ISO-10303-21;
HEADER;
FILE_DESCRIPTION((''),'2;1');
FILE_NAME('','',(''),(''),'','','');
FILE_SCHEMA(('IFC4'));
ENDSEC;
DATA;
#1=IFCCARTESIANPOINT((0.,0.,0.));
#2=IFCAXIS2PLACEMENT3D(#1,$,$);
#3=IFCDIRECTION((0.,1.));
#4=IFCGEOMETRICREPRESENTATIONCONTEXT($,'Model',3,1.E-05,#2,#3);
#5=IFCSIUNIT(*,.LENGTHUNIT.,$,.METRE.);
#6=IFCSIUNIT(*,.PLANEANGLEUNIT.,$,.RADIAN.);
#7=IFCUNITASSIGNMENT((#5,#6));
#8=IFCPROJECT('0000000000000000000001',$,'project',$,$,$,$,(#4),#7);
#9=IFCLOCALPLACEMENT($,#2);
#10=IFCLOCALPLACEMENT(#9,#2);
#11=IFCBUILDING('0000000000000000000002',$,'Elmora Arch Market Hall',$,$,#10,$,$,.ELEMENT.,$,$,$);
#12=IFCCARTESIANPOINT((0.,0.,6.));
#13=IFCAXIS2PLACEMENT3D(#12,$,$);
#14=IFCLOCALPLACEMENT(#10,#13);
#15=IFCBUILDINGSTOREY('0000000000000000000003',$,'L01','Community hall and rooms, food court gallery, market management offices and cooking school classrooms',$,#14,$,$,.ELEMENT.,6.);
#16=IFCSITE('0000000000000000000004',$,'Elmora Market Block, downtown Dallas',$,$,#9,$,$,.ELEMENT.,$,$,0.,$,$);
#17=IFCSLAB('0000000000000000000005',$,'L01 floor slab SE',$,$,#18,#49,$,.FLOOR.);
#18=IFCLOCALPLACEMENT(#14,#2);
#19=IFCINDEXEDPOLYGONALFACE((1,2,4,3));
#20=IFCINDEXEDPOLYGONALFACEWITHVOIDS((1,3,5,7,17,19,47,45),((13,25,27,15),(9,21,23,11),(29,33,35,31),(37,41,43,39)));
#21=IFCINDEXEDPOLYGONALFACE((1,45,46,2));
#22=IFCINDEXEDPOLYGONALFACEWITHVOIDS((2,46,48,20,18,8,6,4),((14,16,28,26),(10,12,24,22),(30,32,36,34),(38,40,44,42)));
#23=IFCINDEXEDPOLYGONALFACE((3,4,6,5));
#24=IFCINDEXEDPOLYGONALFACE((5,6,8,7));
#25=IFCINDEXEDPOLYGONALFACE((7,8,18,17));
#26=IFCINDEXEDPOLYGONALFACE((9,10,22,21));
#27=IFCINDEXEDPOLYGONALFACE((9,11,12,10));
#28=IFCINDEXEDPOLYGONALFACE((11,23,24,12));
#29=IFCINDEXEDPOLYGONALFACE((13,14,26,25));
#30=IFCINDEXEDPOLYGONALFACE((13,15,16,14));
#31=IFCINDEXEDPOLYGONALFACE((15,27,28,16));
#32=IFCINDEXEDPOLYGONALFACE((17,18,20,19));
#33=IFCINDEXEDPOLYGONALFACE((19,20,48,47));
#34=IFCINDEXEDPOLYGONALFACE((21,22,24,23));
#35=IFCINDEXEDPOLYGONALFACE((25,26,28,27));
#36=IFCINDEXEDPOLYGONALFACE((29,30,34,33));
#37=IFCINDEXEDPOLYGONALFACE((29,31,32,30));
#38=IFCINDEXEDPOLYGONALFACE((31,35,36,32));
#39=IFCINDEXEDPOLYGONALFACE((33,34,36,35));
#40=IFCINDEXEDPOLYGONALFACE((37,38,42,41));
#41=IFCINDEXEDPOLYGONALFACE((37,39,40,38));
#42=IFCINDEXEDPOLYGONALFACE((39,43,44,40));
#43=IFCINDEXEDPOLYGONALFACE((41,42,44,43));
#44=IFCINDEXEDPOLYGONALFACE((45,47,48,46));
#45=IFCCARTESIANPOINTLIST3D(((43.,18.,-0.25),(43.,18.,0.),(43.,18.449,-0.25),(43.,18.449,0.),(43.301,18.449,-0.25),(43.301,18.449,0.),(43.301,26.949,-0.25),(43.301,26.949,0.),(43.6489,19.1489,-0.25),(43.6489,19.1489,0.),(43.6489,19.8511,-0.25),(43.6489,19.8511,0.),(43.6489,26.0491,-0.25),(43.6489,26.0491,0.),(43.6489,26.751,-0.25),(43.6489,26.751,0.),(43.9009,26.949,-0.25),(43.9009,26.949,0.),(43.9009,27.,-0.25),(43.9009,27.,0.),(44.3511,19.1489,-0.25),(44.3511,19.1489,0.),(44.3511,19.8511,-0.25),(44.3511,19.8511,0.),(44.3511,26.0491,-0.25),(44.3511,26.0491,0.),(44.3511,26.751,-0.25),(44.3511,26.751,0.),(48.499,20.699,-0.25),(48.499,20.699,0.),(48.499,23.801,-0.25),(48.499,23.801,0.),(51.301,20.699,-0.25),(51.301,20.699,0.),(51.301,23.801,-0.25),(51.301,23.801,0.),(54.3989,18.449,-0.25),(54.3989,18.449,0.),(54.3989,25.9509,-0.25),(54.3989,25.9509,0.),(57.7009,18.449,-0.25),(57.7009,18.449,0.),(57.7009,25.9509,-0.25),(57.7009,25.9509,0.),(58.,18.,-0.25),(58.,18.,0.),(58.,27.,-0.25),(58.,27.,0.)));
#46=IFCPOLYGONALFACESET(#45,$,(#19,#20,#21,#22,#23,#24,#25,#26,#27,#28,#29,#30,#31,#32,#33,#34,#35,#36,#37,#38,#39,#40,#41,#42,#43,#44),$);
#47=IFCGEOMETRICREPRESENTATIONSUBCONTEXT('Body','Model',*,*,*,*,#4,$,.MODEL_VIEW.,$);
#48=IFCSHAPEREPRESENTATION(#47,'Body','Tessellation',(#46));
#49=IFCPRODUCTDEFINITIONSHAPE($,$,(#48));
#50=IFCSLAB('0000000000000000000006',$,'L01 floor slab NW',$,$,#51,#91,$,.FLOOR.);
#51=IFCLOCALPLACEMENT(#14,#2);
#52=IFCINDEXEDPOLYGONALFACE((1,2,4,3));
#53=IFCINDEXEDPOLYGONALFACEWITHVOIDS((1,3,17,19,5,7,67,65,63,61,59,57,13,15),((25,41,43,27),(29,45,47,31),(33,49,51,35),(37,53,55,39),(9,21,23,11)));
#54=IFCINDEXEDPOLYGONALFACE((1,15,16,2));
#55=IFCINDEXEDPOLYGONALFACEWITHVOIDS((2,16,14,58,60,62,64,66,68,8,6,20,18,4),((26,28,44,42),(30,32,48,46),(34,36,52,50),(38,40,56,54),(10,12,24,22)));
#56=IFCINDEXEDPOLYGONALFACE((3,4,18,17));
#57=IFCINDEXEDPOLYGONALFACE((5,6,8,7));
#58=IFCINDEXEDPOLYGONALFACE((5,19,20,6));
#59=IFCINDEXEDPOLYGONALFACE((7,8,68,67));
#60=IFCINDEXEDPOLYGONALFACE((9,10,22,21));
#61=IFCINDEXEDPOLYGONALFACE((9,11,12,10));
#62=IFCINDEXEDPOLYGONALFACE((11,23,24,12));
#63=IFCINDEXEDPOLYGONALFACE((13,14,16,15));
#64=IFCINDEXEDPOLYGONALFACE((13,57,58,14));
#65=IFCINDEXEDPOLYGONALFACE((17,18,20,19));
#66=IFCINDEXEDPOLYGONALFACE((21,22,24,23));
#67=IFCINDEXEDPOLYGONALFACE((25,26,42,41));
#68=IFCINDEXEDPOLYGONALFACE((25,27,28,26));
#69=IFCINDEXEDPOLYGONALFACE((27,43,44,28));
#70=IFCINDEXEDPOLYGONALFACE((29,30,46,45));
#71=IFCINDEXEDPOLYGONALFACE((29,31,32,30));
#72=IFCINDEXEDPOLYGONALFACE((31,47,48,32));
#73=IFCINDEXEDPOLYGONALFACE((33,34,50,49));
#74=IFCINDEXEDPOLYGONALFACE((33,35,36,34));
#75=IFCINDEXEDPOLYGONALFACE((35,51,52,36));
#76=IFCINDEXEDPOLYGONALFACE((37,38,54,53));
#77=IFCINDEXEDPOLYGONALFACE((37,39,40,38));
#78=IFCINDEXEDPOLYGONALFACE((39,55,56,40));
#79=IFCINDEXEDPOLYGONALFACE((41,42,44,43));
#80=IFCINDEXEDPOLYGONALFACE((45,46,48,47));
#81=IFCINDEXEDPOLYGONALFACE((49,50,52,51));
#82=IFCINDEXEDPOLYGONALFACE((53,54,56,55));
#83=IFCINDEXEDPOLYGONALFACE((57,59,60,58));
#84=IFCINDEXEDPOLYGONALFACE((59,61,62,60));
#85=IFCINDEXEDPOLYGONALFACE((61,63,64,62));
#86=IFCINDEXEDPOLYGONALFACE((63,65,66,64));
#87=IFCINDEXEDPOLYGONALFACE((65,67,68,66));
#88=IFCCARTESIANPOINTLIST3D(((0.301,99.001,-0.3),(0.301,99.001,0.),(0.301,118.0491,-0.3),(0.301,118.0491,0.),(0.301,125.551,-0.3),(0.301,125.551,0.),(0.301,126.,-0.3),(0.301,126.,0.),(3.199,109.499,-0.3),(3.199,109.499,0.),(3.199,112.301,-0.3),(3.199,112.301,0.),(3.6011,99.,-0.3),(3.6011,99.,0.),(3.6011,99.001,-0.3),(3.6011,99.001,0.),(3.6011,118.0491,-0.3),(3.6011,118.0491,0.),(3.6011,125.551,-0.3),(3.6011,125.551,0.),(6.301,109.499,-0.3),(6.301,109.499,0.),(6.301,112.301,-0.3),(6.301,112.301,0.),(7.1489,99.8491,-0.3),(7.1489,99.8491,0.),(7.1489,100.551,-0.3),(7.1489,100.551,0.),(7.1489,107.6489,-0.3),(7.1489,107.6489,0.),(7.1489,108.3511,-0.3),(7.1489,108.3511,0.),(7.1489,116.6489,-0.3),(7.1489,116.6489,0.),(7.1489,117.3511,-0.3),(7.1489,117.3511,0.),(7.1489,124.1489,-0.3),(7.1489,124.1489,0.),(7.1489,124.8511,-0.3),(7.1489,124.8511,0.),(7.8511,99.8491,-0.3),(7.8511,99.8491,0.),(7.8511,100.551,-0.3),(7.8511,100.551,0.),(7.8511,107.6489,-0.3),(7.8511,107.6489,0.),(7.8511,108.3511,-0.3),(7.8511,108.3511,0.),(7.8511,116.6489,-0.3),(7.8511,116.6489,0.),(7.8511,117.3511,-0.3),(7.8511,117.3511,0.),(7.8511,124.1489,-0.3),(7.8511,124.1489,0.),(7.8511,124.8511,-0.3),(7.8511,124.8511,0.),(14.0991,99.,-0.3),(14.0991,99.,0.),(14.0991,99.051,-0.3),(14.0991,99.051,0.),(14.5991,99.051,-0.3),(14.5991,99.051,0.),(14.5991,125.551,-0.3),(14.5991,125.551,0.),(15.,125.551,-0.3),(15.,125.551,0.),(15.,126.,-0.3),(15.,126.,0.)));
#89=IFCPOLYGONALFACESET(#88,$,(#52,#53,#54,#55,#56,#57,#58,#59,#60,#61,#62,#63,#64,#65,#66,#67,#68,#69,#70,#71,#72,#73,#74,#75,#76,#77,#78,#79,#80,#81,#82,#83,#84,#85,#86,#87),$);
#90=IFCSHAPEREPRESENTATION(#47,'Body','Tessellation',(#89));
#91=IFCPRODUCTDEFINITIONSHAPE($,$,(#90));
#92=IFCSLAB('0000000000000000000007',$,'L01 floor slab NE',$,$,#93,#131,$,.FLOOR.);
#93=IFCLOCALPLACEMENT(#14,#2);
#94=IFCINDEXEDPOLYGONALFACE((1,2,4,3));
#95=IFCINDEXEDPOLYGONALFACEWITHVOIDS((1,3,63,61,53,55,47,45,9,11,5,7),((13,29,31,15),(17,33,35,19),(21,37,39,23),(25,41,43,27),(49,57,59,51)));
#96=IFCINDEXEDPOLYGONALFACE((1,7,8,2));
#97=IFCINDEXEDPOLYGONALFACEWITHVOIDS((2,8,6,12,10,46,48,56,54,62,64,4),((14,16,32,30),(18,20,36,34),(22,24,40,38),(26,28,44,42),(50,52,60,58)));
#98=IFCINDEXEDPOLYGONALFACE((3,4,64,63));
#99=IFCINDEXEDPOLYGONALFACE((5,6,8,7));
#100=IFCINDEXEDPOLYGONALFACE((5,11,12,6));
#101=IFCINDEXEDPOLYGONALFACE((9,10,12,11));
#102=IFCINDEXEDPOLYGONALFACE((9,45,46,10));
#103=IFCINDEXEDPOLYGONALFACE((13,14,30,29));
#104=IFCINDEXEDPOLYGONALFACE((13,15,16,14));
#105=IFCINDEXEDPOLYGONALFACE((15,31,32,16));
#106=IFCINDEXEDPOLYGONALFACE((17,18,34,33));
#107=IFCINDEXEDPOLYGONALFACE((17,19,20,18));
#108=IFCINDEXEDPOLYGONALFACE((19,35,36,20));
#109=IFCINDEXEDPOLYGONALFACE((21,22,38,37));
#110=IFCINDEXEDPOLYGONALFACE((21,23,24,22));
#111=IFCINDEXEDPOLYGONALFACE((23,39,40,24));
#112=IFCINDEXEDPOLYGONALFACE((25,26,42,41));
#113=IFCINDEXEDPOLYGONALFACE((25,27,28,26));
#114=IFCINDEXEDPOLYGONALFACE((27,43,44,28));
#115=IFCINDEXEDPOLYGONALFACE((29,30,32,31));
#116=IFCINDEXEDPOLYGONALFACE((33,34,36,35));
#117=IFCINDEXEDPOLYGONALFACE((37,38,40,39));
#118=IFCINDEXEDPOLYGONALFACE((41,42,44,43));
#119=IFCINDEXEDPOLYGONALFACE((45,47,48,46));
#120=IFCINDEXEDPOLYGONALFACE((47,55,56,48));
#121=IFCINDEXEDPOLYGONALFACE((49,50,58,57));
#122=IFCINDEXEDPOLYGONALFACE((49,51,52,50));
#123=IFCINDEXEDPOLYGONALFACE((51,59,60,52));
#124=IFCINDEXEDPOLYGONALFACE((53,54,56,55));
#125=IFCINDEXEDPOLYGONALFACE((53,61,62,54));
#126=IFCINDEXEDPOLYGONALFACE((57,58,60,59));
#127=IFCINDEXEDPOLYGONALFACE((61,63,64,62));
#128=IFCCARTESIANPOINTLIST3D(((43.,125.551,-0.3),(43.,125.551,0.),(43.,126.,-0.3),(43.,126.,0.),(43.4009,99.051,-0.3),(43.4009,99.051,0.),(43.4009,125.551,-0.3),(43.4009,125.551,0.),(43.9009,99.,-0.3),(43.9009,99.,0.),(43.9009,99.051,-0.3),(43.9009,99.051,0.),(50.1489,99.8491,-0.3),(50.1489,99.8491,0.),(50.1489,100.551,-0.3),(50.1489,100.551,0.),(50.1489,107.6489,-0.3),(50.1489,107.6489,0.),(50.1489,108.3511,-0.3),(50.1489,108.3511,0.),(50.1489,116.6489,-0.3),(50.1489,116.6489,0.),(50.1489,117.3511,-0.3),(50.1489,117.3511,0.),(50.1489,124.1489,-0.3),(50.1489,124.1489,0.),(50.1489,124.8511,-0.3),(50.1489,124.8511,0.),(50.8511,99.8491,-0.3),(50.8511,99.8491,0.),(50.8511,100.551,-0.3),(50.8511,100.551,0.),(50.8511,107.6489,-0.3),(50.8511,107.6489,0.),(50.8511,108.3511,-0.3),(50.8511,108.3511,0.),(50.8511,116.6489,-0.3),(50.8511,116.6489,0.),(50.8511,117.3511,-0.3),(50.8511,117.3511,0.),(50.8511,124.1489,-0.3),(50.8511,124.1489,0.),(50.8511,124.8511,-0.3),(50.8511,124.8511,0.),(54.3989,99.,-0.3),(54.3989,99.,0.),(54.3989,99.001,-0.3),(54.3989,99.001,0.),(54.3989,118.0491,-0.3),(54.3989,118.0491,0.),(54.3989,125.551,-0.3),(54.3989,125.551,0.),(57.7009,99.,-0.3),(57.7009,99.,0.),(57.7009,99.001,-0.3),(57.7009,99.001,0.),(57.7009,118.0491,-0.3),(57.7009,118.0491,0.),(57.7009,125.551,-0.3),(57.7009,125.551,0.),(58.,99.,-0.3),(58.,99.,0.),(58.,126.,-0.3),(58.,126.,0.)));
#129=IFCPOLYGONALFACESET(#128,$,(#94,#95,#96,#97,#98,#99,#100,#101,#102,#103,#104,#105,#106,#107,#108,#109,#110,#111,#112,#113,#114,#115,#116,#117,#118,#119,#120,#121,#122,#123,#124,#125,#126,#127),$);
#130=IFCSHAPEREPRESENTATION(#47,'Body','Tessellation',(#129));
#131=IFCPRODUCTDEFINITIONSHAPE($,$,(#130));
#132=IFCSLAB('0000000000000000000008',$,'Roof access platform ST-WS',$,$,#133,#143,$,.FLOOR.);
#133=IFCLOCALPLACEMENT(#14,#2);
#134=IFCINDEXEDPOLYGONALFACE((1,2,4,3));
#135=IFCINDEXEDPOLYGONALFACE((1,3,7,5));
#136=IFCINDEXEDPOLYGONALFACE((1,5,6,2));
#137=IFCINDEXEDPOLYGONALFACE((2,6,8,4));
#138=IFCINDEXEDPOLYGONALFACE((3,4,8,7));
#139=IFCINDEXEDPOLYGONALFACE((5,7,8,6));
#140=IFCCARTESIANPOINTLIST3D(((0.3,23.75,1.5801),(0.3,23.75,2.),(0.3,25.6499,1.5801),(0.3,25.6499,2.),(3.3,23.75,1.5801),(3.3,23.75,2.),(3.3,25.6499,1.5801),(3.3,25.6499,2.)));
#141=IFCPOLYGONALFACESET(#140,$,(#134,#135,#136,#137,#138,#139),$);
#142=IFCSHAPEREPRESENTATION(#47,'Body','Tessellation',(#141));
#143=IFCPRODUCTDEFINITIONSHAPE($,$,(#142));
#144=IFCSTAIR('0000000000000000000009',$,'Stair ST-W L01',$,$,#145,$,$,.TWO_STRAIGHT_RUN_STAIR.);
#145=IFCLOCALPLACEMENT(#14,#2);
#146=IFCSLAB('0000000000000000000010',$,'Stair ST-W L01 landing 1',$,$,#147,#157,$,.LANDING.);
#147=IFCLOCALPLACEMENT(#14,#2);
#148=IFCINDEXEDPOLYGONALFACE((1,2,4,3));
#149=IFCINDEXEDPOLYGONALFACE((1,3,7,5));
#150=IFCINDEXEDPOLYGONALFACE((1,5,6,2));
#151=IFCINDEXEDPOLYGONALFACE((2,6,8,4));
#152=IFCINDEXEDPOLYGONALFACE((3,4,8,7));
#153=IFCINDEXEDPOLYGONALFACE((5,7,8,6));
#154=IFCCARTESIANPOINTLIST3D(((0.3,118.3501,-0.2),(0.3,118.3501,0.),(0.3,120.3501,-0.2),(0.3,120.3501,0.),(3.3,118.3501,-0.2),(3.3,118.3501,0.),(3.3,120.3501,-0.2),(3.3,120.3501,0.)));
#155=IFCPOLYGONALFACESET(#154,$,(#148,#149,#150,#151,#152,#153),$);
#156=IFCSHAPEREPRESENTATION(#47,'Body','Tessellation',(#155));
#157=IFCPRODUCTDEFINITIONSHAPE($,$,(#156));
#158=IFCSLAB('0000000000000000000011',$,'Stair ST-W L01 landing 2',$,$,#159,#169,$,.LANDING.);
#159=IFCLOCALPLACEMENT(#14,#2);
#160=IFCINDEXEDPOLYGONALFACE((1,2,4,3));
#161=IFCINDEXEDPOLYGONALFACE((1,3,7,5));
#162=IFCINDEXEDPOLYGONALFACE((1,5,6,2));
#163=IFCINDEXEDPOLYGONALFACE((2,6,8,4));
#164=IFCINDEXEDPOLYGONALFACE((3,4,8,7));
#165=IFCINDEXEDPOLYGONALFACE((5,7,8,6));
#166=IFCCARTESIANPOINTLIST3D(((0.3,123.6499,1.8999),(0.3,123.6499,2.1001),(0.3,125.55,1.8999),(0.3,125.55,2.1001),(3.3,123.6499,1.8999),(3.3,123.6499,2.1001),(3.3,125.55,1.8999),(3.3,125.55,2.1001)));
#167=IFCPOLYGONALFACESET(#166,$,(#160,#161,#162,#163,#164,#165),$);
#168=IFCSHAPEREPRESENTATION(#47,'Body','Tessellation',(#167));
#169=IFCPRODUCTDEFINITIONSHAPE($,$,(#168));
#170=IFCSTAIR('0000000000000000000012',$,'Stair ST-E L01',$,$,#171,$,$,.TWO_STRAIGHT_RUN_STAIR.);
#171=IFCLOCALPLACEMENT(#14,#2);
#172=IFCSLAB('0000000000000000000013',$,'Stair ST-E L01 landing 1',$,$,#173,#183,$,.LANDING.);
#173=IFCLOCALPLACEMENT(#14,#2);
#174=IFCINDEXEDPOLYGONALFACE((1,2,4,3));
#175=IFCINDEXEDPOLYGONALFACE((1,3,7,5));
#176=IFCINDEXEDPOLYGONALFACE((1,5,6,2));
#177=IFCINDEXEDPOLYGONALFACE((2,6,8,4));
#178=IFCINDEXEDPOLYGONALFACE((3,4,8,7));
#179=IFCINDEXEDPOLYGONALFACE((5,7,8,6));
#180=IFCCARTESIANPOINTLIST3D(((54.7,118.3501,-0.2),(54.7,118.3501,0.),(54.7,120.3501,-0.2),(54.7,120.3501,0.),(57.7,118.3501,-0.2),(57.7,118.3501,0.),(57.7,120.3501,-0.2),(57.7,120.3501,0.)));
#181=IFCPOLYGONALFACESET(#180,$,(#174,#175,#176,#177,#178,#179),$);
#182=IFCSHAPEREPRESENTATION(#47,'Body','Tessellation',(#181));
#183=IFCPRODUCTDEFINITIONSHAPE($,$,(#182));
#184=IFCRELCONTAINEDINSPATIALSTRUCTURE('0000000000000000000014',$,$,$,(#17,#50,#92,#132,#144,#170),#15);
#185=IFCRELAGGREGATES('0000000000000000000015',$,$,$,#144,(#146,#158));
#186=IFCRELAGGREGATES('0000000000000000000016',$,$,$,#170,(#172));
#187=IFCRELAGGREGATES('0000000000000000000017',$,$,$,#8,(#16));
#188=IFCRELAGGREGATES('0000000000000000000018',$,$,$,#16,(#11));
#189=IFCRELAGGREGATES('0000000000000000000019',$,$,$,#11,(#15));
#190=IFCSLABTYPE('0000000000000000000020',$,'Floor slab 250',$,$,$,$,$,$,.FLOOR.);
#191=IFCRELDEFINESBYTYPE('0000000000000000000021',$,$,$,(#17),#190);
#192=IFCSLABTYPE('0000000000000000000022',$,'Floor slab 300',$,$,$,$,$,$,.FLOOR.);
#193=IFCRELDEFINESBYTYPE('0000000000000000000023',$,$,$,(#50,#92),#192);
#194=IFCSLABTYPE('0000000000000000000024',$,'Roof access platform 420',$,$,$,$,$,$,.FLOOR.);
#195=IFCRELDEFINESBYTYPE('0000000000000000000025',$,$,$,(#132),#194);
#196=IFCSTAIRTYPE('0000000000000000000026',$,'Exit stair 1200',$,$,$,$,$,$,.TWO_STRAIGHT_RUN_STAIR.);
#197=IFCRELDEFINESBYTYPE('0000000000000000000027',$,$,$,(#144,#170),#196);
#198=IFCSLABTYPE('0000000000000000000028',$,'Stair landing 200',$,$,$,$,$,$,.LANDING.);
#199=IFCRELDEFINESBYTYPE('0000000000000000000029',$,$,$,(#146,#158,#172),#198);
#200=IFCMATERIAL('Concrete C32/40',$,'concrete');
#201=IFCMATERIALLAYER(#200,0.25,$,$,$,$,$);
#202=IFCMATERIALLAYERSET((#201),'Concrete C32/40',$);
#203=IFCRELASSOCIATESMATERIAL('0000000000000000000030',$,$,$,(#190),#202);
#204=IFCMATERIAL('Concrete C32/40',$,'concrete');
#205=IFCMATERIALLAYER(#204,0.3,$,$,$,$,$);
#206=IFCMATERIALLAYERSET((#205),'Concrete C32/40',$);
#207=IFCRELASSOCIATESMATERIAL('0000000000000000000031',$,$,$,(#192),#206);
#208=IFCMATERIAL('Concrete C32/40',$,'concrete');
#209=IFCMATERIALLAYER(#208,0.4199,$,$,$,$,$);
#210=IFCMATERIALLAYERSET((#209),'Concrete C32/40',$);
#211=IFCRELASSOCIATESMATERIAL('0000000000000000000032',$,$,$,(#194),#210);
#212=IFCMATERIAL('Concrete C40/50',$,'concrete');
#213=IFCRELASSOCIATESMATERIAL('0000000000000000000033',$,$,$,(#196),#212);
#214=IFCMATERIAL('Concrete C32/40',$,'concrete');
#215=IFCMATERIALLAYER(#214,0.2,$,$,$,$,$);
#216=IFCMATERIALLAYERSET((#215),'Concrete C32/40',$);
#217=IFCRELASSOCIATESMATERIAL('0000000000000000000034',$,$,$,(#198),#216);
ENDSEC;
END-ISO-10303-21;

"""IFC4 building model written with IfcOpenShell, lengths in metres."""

from ifc_helpers import new_model, si_unit, direction, frame, origin, place, context, subcontext, project, spatial, polyline, outline, extrude, material, layer, layer_set, type_object, element, aggregate, save


model = new_model("IFC4")

# Units and contexts
model_context = context("Model", 3, precision=1e-05, world=origin(), true_north=direction((0.0, 1.0)))
body_context = subcontext(model_context, "Body", "Model", "MODEL_VIEW")
ifc_project = project(units=[si_unit("LENGTHUNIT", "METRE"), si_unit("PLANEANGLEUNIT", "RADIAN")], contexts=[model_context])

# Site, building, storey
site_placement = place(None, origin())
site = spatial("IfcSite", under=ifc_project, at=site_placement, Name="Elmora Market Block, downtown Dallas", CompositionType="ELEMENT", RefElevation=0.0)
building_placement = place(site_placement, origin())
building = spatial("IfcBuilding", under=site, at=building_placement, Name="Elmora Arch Market Hall", CompositionType="ELEMENT")
storey_placement = place(building_placement, frame((0.0, 0.0, 6.0)))
storey = spatial("IfcBuildingStorey", under=building, at=storey_placement, Name="L01", Description="Community hall and rooms, food court gallery, market management offices and cooking school classrooms", CompositionType="ELEMENT", Elevation=6.0)

# Slabs
ifc_material_1 = material(Name="Concrete C32/40", Category="concrete")
ifc_layer_1 = layer(ifc_material_1, 0.25)
ifc_layer_set_1 = layer_set([ifc_layer_1], Name="Concrete C32/40")
slab_type_1 = type_object("IfcSlabType", Name="Floor slab 250", PredefinedType="FLOOR", material=ifc_layer_set_1)
slab_1_placement = place(storey_placement, frame((0.0, 0.0, -0.25)))
element("IfcSlab", 1, at=slab_1_placement, inside=storey, type_object=slab_type_1, Name="L01 floor slab SE", PredefinedType="FLOOR", context=body_context, shape_type="SweptSolid", body=[
    extrude(outline(polyline([(58.0, 27.0), (58.0, 18.0), (43.0, 18.0), (43.0, 18.449), (43.301, 18.449), (43.301, 26.949), (43.9009, 26.949), (43.9009, 27.0), (58.0, 27.0)]), holes=[polyline([(54.3989, 25.9509), (54.3989, 18.449), (57.7009, 18.449), (57.7009, 25.9509), (54.3989, 25.9509)]), polyline([(48.499, 23.801), (48.499, 20.699), (51.301, 20.699), (51.301, 23.801), (48.499, 23.801)]), polyline([(43.6489, 26.751), (43.6489, 26.0491), (44.3511, 26.0491), (44.3511, 26.751), (43.6489, 26.751)]), polyline([(43.6489, 19.8511), (43.6489, 19.1489), (44.3511, 19.1489), (44.3511, 19.8511), (43.6489, 19.8511)])]), origin(), (0.0, 0.0, 1.0), 0.25),
])
ifc_material_2 = material(Name="Concrete C32/40", Category="concrete")
ifc_layer_2 = layer(ifc_material_2, 0.3)
ifc_layer_set_2 = layer_set([ifc_layer_2], Name="Concrete C32/40")
slab_type_2 = type_object("IfcSlabType", Name="Floor slab 300", PredefinedType="FLOOR", material=ifc_layer_set_2)
slab_2_placement = place(storey_placement, frame((0.0, 0.0, -0.3)))
element("IfcSlab", 2, at=slab_2_placement, inside=storey, type_object=slab_type_2, Name="L01 floor slab NW", PredefinedType="FLOOR", context=body_context, shape_type="SweptSolid", body=[
    extrude(outline(polyline([(15.0, 126.0), (15.0, 125.551), (14.5991, 125.551), (14.5991, 99.051), (14.0991, 99.051), (14.0991, 99.0), (3.6011, 99.0), (3.6011, 99.001), (0.301, 99.001), (0.301, 118.0491), (3.6011, 118.0491), (3.6011, 125.551), (0.301, 125.551), (0.301, 126.0), (15.0, 126.0)]), holes=[polyline([(7.1489, 100.551), (7.1489, 99.8491), (7.8511, 99.8491), (7.8511, 100.551), (7.1489, 100.551)]), polyline([(7.8511, 108.3511), (7.1489, 108.3511), (7.1489, 107.6489), (7.8511, 107.6489), (7.8511, 108.3511)]), polyline([(7.1489, 117.3511), (7.1489, 116.6489), (7.8511, 116.6489), (7.8511, 117.3511), (7.1489, 117.3511)]), polyline([(7.1489, 124.8511), (7.1489, 124.1489), (7.8511, 124.1489), (7.8511, 124.8511), (7.1489, 124.8511)]), polyline([(3.199, 112.301), (3.199, 109.499), (6.301, 109.499), (6.301, 112.301), (3.199, 112.301)])]), origin(), (0.0, 0.0, 1.0), 0.3),
])
slab_3_placement = place(storey_placement, frame((0.0, 0.0, -0.3)))
element("IfcSlab", 3, at=slab_3_placement, inside=storey, type_object=slab_type_2, Name="L01 floor slab NE", PredefinedType="FLOOR", context=body_context, shape_type="SweptSolid", body=[
    extrude(outline(polyline([(43.0, 126.0), (58.0, 126.0), (58.0, 99.0), (57.7009, 99.0), (57.7009, 99.001), (54.3989, 99.001), (54.3989, 99.0), (43.9009, 99.0), (43.9009, 99.051), (43.4009, 99.051), (43.4009, 125.551), (43.0, 125.551), (43.0, 126.0)]), holes=[polyline([(54.3989, 125.551), (54.3989, 118.0491), (57.7009, 118.0491), (57.7009, 125.551), (54.3989, 125.551)]), polyline([(50.1489, 100.551), (50.1489, 99.8491), (50.8511, 99.8491), (50.8511, 100.551), (50.1489, 100.551)]), polyline([(50.8511, 108.3511), (50.1489, 108.3511), (50.1489, 107.6489), (50.8511, 107.6489), (50.8511, 108.3511)]), polyline([(50.8511, 117.3511), (50.1489, 117.3511), (50.1489, 116.6489), (50.8511, 116.6489), (50.8511, 117.3511)]), polyline([(50.1489, 124.8511), (50.1489, 124.1489), (50.8511, 124.1489), (50.8511, 124.8511), (50.1489, 124.8511)])]), origin(), (0.0, 0.0, 1.0), 0.3),
])
ifc_material_3 = material(Name="Concrete C32/40", Category="concrete")
ifc_layer_3 = layer(ifc_material_3, 0.4199)
ifc_layer_set_3 = layer_set([ifc_layer_3], Name="Concrete C32/40")
slab_type_3 = type_object("IfcSlabType", Name="Roof access platform 420", PredefinedType="FLOOR", material=ifc_layer_set_3)
slab_4_placement = place(storey_placement, frame((0.0, 0.0, 1.5801)))
element("IfcSlab", 4, at=slab_4_placement, inside=storey, type_object=slab_type_3, Name="Roof access platform ST-WS", PredefinedType="FLOOR", context=body_context, shape_type="SweptSolid", body=[
    extrude(outline(polyline([(0.3, 23.75), (3.3, 23.75), (3.3, 25.6499), (0.3, 25.6499), (0.3, 23.75)])), origin(), (0.0, 0.0, 1.0), 0.4199),
])

# Stairs, slabs
ifc_material_4 = material(Name="Concrete C40/50", Category="concrete")
stair_type = type_object("IfcStairType", Name="Exit stair 1200", PredefinedType="TWO_STRAIGHT_RUN_STAIR", material=ifc_material_4)
stair_1_placement = place(storey_placement, origin())
stair_1 = element("IfcStair", 5, at=stair_1_placement, inside=storey, type_object=stair_type, Name="Stair ST-W L01", PredefinedType="TWO_STRAIGHT_RUN_STAIR")
ifc_material_5 = material(Name="Concrete C32/40", Category="concrete")
ifc_layer_4 = layer(ifc_material_5, 0.2)
ifc_layer_set_4 = layer_set([ifc_layer_4], Name="Concrete C32/40")
slab_type_4 = type_object("IfcSlabType", Name="Stair landing 200", PredefinedType="LANDING", material=ifc_layer_set_4)
slab_5_placement = place(storey_placement, frame((0.0, 0.0, -0.2)))
slab_5 = element("IfcSlab", 6, at=slab_5_placement, type_object=slab_type_4, Name="Stair ST-W L01 landing 1", PredefinedType="LANDING", context=body_context, shape_type="SweptSolid", body=[
    extrude(outline(polyline([(0.3, 118.3501), (3.3, 118.3501), (3.3, 120.3501), (0.3, 120.3501), (0.3, 118.3501)])), origin(), (0.0, 0.0, 1.0), 0.2),
])
slab_6_placement = place(storey_placement, frame((0.0, 0.0, 1.8999)))
slab_6 = element("IfcSlab", 7, at=slab_6_placement, type_object=slab_type_4, Name="Stair ST-W L01 landing 2", PredefinedType="LANDING", context=body_context, shape_type="SweptSolid", body=[
    extrude(outline(polyline([(0.3, 123.6499), (3.3, 123.6499), (3.3, 125.55), (0.3, 125.55), (0.3, 123.6499)])), origin(), (0.0, 0.0, 1.0), 0.2002),
])
aggregate(stair_1, [slab_5, slab_6])
stair_2_placement = place(storey_placement, origin())
stair_2 = element("IfcStair", 8, at=stair_2_placement, inside=storey, type_object=stair_type, Name="Stair ST-E L01", PredefinedType="TWO_STRAIGHT_RUN_STAIR")
slab_7_placement = place(storey_placement, frame((0.0, 0.0, -0.2)))
slab_7 = element("IfcSlab", 9, at=slab_7_placement, type_object=slab_type_4, Name="Stair ST-E L01 landing 1", PredefinedType="LANDING", context=body_context, shape_type="SweptSolid", body=[
    extrude(outline(polyline([(54.7, 118.3501), (57.7, 118.3501), (57.7, 120.3501), (54.7, 120.3501), (54.7, 118.3501)])), origin(), (0.0, 0.0, 1.0), 0.2),
])
aggregate(stair_2, [slab_7])

save(model, "model.ifc")
